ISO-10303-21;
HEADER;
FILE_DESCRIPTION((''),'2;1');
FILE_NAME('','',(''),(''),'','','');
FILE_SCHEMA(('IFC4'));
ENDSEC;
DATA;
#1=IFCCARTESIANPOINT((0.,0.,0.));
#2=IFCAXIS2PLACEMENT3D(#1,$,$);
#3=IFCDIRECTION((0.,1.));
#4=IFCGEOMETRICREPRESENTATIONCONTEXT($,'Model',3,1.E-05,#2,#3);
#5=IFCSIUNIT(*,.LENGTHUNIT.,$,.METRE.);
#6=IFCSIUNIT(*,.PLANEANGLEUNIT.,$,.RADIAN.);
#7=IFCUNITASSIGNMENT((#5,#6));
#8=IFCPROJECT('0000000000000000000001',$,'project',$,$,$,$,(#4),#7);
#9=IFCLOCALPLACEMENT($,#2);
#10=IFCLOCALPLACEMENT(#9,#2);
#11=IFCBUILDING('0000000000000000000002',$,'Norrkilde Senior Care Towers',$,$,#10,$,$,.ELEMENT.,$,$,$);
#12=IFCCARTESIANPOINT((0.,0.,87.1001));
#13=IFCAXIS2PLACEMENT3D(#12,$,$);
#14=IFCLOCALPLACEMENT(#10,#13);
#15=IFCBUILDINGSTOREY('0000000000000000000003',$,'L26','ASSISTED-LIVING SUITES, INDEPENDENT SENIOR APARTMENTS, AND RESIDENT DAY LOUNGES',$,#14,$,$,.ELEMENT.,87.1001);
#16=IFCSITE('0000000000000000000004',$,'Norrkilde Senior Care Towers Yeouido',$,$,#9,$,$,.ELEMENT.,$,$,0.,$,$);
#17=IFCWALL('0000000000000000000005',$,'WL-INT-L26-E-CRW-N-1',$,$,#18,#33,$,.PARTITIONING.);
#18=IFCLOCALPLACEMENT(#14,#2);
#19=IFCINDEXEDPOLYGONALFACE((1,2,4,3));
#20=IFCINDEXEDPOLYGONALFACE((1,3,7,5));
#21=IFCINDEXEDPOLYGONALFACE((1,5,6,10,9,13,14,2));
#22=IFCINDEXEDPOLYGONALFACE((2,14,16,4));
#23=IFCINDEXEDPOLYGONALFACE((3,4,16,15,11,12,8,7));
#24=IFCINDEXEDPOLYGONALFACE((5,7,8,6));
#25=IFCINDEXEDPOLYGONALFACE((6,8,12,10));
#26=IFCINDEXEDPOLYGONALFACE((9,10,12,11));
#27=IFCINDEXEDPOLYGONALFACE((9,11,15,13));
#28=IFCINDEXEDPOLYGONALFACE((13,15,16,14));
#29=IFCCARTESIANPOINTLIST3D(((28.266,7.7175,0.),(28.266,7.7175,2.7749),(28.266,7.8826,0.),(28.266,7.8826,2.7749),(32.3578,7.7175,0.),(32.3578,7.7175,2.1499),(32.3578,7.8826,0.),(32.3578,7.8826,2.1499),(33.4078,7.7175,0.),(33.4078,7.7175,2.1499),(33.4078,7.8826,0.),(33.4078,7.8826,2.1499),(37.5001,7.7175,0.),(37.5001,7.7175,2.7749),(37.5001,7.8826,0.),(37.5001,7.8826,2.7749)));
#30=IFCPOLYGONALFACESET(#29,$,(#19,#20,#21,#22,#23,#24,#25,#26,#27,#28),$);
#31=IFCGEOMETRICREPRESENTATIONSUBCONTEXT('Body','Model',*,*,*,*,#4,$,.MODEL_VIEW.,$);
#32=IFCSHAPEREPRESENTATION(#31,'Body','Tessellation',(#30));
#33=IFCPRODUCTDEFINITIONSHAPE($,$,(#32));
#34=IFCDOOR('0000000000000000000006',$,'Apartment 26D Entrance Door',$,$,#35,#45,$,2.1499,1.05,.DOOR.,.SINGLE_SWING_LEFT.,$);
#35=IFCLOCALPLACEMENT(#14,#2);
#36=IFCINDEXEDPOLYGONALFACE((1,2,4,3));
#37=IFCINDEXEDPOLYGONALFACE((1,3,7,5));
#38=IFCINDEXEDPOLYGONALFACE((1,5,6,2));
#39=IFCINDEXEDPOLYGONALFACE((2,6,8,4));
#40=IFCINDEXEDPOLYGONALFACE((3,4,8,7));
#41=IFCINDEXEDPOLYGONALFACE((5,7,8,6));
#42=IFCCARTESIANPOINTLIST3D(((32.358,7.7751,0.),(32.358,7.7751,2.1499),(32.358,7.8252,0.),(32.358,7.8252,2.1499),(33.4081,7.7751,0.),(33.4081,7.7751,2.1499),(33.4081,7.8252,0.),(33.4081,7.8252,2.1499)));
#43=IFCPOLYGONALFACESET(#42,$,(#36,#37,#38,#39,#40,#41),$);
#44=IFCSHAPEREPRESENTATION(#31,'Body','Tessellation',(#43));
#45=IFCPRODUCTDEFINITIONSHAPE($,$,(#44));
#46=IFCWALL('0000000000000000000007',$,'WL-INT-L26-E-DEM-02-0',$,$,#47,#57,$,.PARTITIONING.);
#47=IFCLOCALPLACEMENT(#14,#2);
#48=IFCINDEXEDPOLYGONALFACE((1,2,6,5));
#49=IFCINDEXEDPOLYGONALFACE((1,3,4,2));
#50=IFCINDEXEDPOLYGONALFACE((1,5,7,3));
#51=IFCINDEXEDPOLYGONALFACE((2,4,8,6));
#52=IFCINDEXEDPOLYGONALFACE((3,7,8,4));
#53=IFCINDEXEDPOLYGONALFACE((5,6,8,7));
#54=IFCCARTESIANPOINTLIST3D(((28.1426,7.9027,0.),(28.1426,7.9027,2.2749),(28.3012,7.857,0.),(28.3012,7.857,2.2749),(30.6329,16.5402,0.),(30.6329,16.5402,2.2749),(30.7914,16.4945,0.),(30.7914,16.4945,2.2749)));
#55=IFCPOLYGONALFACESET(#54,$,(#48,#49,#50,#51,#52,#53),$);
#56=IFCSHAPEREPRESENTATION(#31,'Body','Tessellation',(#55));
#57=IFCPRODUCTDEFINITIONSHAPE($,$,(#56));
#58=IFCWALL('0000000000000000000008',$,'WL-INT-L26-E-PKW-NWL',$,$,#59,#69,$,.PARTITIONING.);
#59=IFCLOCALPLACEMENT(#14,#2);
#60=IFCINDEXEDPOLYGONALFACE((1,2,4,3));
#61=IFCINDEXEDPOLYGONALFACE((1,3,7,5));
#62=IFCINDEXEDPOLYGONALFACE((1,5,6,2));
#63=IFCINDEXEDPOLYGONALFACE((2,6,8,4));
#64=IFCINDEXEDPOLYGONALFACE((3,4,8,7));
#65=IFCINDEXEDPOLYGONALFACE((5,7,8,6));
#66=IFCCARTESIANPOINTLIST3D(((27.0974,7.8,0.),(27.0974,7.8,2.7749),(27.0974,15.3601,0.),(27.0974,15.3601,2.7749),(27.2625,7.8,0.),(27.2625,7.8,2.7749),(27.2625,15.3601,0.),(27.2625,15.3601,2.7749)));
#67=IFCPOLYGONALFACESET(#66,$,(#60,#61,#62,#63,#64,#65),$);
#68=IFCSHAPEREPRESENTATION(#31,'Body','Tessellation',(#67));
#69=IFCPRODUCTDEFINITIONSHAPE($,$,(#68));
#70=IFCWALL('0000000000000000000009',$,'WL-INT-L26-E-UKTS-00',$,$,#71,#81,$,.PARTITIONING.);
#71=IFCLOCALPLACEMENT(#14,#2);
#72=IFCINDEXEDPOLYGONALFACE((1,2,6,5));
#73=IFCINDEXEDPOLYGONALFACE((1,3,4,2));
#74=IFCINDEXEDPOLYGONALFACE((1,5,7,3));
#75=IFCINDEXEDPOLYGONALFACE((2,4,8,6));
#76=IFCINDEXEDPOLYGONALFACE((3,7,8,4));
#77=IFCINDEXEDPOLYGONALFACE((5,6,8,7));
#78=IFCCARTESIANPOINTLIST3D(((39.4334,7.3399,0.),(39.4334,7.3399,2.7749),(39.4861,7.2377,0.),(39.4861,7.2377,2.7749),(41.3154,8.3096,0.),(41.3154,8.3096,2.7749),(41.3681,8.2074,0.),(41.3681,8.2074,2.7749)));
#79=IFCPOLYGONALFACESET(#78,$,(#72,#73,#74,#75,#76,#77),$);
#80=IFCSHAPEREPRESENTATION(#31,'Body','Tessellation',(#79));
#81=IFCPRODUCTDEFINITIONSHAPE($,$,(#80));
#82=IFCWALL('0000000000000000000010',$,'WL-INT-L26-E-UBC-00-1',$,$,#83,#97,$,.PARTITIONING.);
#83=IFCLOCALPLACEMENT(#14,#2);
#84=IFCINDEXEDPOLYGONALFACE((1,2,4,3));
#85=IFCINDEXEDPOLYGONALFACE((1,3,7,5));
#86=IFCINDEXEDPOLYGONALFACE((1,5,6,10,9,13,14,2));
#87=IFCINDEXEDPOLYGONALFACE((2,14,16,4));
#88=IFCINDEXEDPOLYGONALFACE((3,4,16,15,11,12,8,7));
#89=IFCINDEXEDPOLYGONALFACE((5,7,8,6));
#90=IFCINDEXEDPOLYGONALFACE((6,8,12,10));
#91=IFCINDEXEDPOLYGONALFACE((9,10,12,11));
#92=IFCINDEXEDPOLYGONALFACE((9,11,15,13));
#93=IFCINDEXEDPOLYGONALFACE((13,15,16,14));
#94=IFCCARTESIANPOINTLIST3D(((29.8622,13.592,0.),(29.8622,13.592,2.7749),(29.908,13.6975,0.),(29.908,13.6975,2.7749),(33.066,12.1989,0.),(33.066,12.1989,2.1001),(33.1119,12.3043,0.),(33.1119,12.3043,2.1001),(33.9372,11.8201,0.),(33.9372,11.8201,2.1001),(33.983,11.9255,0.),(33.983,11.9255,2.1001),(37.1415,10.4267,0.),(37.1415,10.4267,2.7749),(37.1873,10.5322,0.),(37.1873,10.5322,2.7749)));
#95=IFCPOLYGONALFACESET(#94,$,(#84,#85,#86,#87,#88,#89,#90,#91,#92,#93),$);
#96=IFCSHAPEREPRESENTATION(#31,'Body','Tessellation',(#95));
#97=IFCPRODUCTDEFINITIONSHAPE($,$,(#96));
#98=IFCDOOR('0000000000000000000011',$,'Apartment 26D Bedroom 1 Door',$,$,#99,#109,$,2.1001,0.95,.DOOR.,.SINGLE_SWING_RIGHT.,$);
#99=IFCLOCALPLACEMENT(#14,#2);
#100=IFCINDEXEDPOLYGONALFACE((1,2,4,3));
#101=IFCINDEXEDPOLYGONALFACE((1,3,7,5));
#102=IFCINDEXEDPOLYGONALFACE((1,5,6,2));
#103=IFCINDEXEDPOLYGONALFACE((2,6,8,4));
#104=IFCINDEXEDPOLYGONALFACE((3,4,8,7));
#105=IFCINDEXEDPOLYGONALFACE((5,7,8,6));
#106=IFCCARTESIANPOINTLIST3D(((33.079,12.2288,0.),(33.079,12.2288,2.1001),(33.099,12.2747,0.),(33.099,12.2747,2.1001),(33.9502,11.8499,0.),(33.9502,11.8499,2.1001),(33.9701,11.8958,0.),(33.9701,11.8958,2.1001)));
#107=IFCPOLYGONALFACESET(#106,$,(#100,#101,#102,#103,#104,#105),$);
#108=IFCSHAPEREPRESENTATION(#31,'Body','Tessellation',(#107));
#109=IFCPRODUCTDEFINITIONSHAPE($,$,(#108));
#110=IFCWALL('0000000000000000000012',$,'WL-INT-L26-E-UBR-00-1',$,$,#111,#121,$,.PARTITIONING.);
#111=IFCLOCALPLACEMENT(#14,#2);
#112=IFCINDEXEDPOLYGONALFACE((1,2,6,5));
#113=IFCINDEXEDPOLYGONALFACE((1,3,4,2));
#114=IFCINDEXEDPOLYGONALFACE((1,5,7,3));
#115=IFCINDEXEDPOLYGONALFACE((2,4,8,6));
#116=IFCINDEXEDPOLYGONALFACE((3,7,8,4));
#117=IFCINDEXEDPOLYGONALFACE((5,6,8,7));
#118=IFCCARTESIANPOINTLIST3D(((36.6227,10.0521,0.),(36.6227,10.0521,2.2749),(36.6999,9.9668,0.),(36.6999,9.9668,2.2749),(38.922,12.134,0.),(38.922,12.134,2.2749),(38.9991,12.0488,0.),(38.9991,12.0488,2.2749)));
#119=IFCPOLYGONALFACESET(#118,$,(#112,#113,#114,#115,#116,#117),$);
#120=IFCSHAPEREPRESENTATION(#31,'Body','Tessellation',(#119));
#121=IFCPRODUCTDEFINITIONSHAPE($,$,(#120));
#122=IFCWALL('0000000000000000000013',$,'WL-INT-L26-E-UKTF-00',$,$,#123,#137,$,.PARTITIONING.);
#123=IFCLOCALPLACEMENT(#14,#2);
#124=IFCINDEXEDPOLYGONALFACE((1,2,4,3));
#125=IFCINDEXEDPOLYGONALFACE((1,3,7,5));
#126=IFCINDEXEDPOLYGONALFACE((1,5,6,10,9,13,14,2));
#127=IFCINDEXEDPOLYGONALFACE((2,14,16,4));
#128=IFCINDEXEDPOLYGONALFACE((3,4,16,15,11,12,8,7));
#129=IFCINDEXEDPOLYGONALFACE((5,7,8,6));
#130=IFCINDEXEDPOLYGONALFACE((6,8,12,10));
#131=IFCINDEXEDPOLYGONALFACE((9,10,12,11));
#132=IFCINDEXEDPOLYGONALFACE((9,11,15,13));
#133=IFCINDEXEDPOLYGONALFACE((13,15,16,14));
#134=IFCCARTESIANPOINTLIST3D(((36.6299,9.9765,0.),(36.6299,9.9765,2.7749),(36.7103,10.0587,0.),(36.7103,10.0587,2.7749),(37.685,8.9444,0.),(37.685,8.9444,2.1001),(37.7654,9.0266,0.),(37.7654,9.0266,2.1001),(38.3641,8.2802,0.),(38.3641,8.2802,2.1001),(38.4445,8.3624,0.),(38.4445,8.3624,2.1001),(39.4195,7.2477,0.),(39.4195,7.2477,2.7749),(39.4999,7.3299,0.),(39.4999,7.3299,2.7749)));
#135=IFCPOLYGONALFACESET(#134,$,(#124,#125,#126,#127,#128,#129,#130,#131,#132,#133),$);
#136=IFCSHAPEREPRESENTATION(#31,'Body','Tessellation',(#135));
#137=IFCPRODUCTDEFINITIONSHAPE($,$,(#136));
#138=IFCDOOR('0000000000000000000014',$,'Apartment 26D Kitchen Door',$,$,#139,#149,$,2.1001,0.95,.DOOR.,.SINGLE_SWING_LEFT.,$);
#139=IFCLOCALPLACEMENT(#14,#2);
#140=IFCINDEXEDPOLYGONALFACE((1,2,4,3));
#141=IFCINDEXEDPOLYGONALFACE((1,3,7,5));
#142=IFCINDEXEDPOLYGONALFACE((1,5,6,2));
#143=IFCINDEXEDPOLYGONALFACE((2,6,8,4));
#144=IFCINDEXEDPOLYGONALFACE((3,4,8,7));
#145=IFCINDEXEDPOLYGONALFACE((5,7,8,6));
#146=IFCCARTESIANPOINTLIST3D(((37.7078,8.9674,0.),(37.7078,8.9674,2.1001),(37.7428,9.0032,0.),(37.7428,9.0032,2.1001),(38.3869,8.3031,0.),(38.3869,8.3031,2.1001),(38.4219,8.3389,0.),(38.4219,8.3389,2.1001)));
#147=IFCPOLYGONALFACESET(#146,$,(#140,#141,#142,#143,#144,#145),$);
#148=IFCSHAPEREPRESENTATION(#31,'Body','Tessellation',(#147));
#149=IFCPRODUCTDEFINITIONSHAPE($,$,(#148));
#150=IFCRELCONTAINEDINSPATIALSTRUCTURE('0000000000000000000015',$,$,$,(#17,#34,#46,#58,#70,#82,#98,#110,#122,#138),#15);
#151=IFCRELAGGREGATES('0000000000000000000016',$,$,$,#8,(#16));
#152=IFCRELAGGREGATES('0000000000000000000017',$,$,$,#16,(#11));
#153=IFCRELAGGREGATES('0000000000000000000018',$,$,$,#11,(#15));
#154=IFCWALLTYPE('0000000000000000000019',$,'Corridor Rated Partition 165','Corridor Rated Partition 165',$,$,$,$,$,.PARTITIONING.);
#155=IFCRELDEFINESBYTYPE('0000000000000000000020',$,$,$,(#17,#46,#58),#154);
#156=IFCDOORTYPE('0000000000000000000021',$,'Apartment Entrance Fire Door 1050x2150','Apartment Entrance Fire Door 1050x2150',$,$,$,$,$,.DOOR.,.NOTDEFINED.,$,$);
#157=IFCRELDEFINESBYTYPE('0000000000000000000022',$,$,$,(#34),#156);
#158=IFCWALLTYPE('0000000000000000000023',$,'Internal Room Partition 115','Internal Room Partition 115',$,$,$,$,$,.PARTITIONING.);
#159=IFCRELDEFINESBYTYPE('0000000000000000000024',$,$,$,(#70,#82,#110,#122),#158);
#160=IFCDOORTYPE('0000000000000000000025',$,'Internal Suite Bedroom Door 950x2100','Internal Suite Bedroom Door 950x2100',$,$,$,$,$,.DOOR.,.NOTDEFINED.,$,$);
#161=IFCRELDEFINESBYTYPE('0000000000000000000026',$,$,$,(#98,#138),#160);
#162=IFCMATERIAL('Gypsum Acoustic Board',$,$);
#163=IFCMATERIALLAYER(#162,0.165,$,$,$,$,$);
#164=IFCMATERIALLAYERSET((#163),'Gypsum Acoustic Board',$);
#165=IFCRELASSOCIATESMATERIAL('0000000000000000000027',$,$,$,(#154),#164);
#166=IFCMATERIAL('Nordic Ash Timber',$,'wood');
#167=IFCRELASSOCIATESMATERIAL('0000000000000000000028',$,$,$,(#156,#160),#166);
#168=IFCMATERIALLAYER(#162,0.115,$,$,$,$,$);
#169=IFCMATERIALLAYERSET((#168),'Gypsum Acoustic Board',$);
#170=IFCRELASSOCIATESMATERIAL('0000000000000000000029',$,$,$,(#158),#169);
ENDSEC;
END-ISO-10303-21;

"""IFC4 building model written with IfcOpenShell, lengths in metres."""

from ifc_helpers import new_model, si_unit, direction, frame, frame_2d, origin, place, context, subcontext, project, spatial, rectangle, extrude, source, transform, mapped, material, layer, layer_set, type_object, type_shapes, element, fill, save


model = new_model("IFC4")

# Units and contexts
model_context = context("Model", 3, precision=1e-05, world=origin(), true_north=direction((0.0, 1.0)))
body_context = subcontext(model_context, "Body", "Model", "MODEL_VIEW")
ifc_project = project(units=[si_unit("LENGTHUNIT", "METRE"), si_unit("PLANEANGLEUNIT", "RADIAN")], contexts=[model_context])

# Site, building, storey
site_placement = place(None, origin())
site = spatial("IfcSite", under=ifc_project, at=site_placement, Name="Norrkilde Senior Care Towers Yeouido", CompositionType="ELEMENT", RefElevation=0.0)
building_placement = place(site_placement, origin())
building = spatial("IfcBuilding", under=site, at=building_placement, Name="Norrkilde Senior Care Towers", CompositionType="ELEMENT")
storey_placement = place(building_placement, frame((0.0, 0.0, 87.1001)))
storey = spatial("IfcBuildingStorey", under=building, at=storey_placement, Name="L26", Description="ASSISTED-LIVING SUITES, INDEPENDENT SENIOR APARTMENTS, AND RESIDENT DAY LOUNGES", CompositionType="ELEMENT", Elevation=87.1001)

# Wall, opening, door
ifc_material_1 = material(Name="Gypsum Acoustic Board")
ifc_layer_1 = layer(ifc_material_1, 0.165)
ifc_layer_set_1 = layer_set([ifc_layer_1], Name="Gypsum Acoustic Board")
wall_type_1 = type_object("IfcWallType", Name="Corridor Rated Partition 165", Description="Corridor Rated Partition 165", PredefinedType="PARTITIONING", material=ifc_layer_set_1)
ifc_material_2 = material(Name="Nordic Ash Timber", Category="wood")
door_type_1 = type_object("IfcDoorType", Name="Apartment Entrance Fire Door 1050x2150", Description="Apartment Entrance Fire Door 1050x2150", OperationType="NOTDEFINED", PredefinedType="DOOR", material=ifc_material_2)
shared_shape_1 = source(origin(), body_context, "Body", "SweptSolid", [
    extrude(rectangle(XDim=1.05, YDim=2.1499, at=frame_2d((0.5249, 1.075))), frame((0.0, 0.0249, 0.0), z_axis=(0.0, -1.0, 0.0), x_axis=(1.0, 0.0, 0.0)), (0.0, 0.0, 1.0), 0.05),
])
type_shapes(door_type_1, [shared_shape_1])
shared_shape_2 = source(origin(), body_context, "Body", "SweptSolid", [
    extrude(rectangle(XDim=9.2341, YDim=0.165, at=frame_2d((4.6172, 0.0))), origin(), (0.0, 0.0, 1.0), 2.7749),
])
wall_1_placement = place(storey_placement, frame((28.2659, 7.8, 0.0), z_axis=(0.0, 0.0, 1.0), x_axis=(1.0, 0.0, 0.0)))
wall_1 = element("IfcWall", 1, at=wall_1_placement, inside=storey, type_object=wall_type_1, Name="WL-INT-L26-E-CRW-N-1", PredefinedType="PARTITIONING", context=body_context, shape_type="MappedRepresentation", body=[
    mapped(shared_shape_2, transform((0.0, 0.0, 0.0), x_axis=(1.0, 0.0, 0.0), y_axis=(0.0, 1.0, 0.0), z_axis=(0.0, 0.0, 1.0), scale=1.0)),
])
opening_1_placement = place(wall_1_placement, frame((4.092, 0.0, 0.0)))
opening_1 = element("IfcOpeningElement", 2, at=opening_1_placement, cuts=wall_1, PredefinedType="OPENING", context=body_context, shape_type="SweptSolid", body=[
    extrude(rectangle(XDim=1.05, YDim=2.1499, at=frame_2d((0.5249, 1.075))), frame((0.0, 0.0925, 0.0), z_axis=(0.0, -1.0, 0.0), x_axis=(1.0, 0.0, 0.0)), (0.0, 0.0, 1.0), 0.1851),
])
door_1_placement = place(opening_1_placement, frame((1.05, 0.0, 0.0), z_axis=(0.0, 0.0, 1.0), x_axis=(-1.0, 0.0, 0.0)))
door_1 = element("IfcDoor", 3, at=door_1_placement, inside=storey, type_object=door_type_1, Name="Apartment 26D Entrance Door", OperationType="SINGLE_SWING_LEFT", OverallHeight=2.1499, OverallWidth=1.05, PredefinedType="DOOR", context=body_context, shape_type="MappedRepresentation", body=[
    mapped(shared_shape_1, transform((0.0, 0.0, 0.0), x_axis=(1.0, 0.0, 0.0), y_axis=(0.0, 1.0, 0.0), z_axis=(0.0, 0.0, 1.0), scale=1.0)),
])
fill(opening_1, door_1)

# Walls
shared_shape_3 = source(origin(), body_context, "Body", "SweptSolid", [
    extrude(rectangle(XDim=8.9893, YDim=0.165, at=frame_2d((4.4946, 0.0))), origin(), (0.0, 0.0, 1.0), 2.2749),
])
wall_2_placement = place(storey_placement, frame((28.2219, 7.8799, 0.0), z_axis=(0.0, 0.0, 1.0), x_axis=(0.277023, 0.960863, 0.0)))
element("IfcWall", 4, at=wall_2_placement, inside=storey, type_object=wall_type_1, Name="WL-INT-L26-E-DEM-02-0", PredefinedType="PARTITIONING", context=body_context, shape_type="MappedRepresentation", body=[
    mapped(shared_shape_3, transform((0.0, 0.0, 0.0), x_axis=(1.0, 0.0, 0.0), y_axis=(0.0, 1.0, 0.0), z_axis=(0.0, 0.0, 1.0), scale=1.0)),
])
shared_shape_4 = source(origin(), body_context, "Body", "SweptSolid", [
    extrude(rectangle(XDim=7.5601, YDim=0.165, at=frame_2d((3.78, 0.0))), origin(), (0.0, 0.0, 1.0), 2.7749),
])
wall_3_placement = place(storey_placement, frame((27.1799, 7.8, 0.0), z_axis=(0.0, 0.0, 1.0), x_axis=(0.0, 1.0, 0.0)))
element("IfcWall", 5, at=wall_3_placement, inside=storey, type_object=wall_type_1, Name="WL-INT-L26-E-PKW-NWL", PredefinedType="PARTITIONING", context=body_context, shape_type="MappedRepresentation", body=[
    mapped(shared_shape_4, transform((0.0, 0.0, 0.0), x_axis=(1.0, 0.0, 0.0), y_axis=(0.0, 1.0, 0.0), z_axis=(0.0, 0.0, 1.0), scale=1.0)),
])
ifc_layer_2 = layer(ifc_material_1, 0.115)
ifc_layer_set_2 = layer_set([ifc_layer_2], Name="Gypsum Acoustic Board")
wall_type_2 = type_object("IfcWallType", Name="Internal Room Partition 115", Description="Internal Room Partition 115", PredefinedType="PARTITIONING", material=ifc_layer_set_2)
shared_shape_5 = source(origin(), body_context, "Body", "SweptSolid", [
    extrude(rectangle(XDim=2.1172, YDim=0.115, at=frame_2d((1.0586, 0.0))), origin(), (0.0, 0.0, 1.0), 2.7749),
])
wall_4_placement = place(storey_placement, frame((39.4597, 7.2888, 0.0), z_axis=(0.0, 0.0, 1.0), x_axis=(0.888942, 0.45802, 0.0)))
element("IfcWall", 6, at=wall_4_placement, inside=storey, type_object=wall_type_2, Name="WL-INT-L26-E-UKTS-00", PredefinedType="PARTITIONING", context=body_context, shape_type="MappedRepresentation", body=[
    mapped(shared_shape_5, transform((0.0, 0.0, 0.0), x_axis=(1.0, 0.0, 0.0), y_axis=(0.0, 1.0, 0.0), z_axis=(0.0, 0.0, 1.0), scale=1.0)),
])

# Wall, opening, door
shared_shape_6 = source(origin(), body_context, "Body", "SweptSolid", [
    extrude(rectangle(XDim=7.9377, YDim=0.115, at=frame_2d((3.9688, 0.0))), origin(), (0.0, 0.0, 1.0), 2.7749),
])
wall_5_placement = place(storey_placement, frame((37.1643, 10.4795, 0.0), z_axis=(0.0, 0.0, 1.0), x_axis=(-0.917053, 0.398765, 0.0)))
wall_5 = element("IfcWall", 7, at=wall_5_placement, inside=storey, type_object=wall_type_2, Name="WL-INT-L26-E-UBC-00-1", PredefinedType="PARTITIONING", context=body_context, shape_type="MappedRepresentation", body=[
    mapped(shared_shape_6, transform((0.0, 0.0, 0.0), x_axis=(1.0, 0.0, 0.0), y_axis=(0.0, 1.0, 0.0), z_axis=(0.0, 0.0, 1.0), scale=1.0)),
])
opening_2_placement = place(wall_5_placement, frame((3.4939, 0.0, 0.0)))
opening_2 = element("IfcOpeningElement", 8, at=opening_2_placement, cuts=wall_5, PredefinedType="OPENING", context=body_context, shape_type="SweptSolid", body=[
    extrude(rectangle(XDim=0.95, YDim=2.1001, at=frame_2d((0.4751, 1.05))), frame((0.0, 0.0674, 0.0), z_axis=(0.0, -1.0, 0.0), x_axis=(1.0, 0.0, 0.0)), (0.0, 0.0, 1.0), 0.135),
])
door_type_2 = type_object("IfcDoorType", Name="Internal Suite Bedroom Door 950x2100", Description="Internal Suite Bedroom Door 950x2100", OperationType="NOTDEFINED", PredefinedType="DOOR", material=ifc_material_2)
shared_shape_7 = source(origin(), body_context, "Body", "SweptSolid", [
    extrude(rectangle(XDim=0.95, YDim=2.1001, at=frame_2d((0.4751, 1.05))), frame((0.0, 0.0249, 0.0), z_axis=(0.0, -1.0, 0.0), x_axis=(1.0, 0.0, 0.0)), (0.0, 0.0, 1.0), 0.05),
])
type_shapes(door_type_2, [shared_shape_7])
door_2_placement = place(opening_2_placement, origin())
door_2 = element("IfcDoor", 9, at=door_2_placement, inside=storey, type_object=door_type_2, Name="Apartment 26D Bedroom 1 Door", OperationType="SINGLE_SWING_RIGHT", OverallHeight=2.1001, OverallWidth=0.95, PredefinedType="DOOR", context=body_context, shape_type="MappedRepresentation", body=[
    mapped(shared_shape_7, transform((0.0, 0.0, 0.0), x_axis=(1.0, 0.0, 0.0), y_axis=(0.0, 1.0, 0.0), z_axis=(0.0, 0.0, 1.0), scale=1.0)),
])
fill(opening_2, door_2)

# Wall
shared_shape_8 = source(origin(), body_context, "Body", "SweptSolid", [
    extrude(rectangle(XDim=3.1018, YDim=0.115, at=frame_2d((1.5508, 0.0))), origin(), (0.0, 0.0, 1.0), 2.2749),
])
wall_6_placement = place(storey_placement, frame((36.6614, 10.0095, 0.0), z_axis=(0.0, 0.0, 1.0), x_axis=(0.741263, 0.671214, 0.0)))
element("IfcWall", 10, at=wall_6_placement, inside=storey, type_object=wall_type_2, Name="WL-INT-L26-E-UBR-00-1", PredefinedType="PARTITIONING", context=body_context, shape_type="MappedRepresentation", body=[
    mapped(shared_shape_8, transform((0.0, 0.0, 0.0), x_axis=(1.0, 0.0, 0.0), y_axis=(0.0, 1.0, 0.0), z_axis=(0.0, 0.0, 1.0), scale=1.0)),
])

# Wall, opening, door
shared_shape_9 = source(origin(), body_context, "Body", "SweptSolid", [
    extrude(rectangle(XDim=3.9023, YDim=0.115, at=frame_2d((1.9512, 0.0))), origin(), (0.0, 0.0, 1.0), 2.7749),
])
type_shapes(wall_type_2, [shared_shape_5, shared_shape_6, shared_shape_8, shared_shape_9])
wall_7_placement = place(storey_placement, frame((39.4597, 7.2888, 0.0), z_axis=(0.0, 0.0, 1.0), x_axis=(-0.714853, 0.699275, 0.0)))
wall_7 = element("IfcWall", 11, at=wall_7_placement, inside=storey, type_object=wall_type_2, Name="WL-INT-L26-E-UKTF-00", PredefinedType="PARTITIONING", context=body_context, shape_type="MappedRepresentation", body=[
    mapped(shared_shape_9, transform((0.0, 0.0, 0.0), x_axis=(1.0, 0.0, 0.0), y_axis=(0.0, 1.0, 0.0), z_axis=(0.0, 0.0, 1.0), scale=1.0)),
])
opening_3_placement = place(wall_7_placement, frame((1.4763, 0.0, 0.0)))
opening_3 = element("IfcOpeningElement", 12, at=opening_3_placement, cuts=wall_7, PredefinedType="OPENING", context=body_context, shape_type="SweptSolid", body=[
    extrude(rectangle(XDim=0.95, YDim=2.1001, at=frame_2d((0.4751, 1.05))), frame((0.0, 0.0674, 0.0), z_axis=(0.0, -1.0, 0.0), x_axis=(1.0, 0.0, 0.0)), (0.0, 0.0, 1.0), 0.135),
])
door_3_placement = place(opening_3_placement, frame((0.95, 0.0, 0.0), z_axis=(0.0, 0.0, 1.0), x_axis=(-1.0, 0.0, 0.0)))
door_3 = element("IfcDoor", 13, at=door_3_placement, inside=storey, type_object=door_type_2, Name="Apartment 26D Kitchen Door", OperationType="SINGLE_SWING_LEFT", OverallHeight=2.1001, OverallWidth=0.95, PredefinedType="DOOR", context=body_context, shape_type="MappedRepresentation", body=[
    mapped(shared_shape_7, transform((0.0, 0.0, 0.0), x_axis=(1.0, 0.0, 0.0), y_axis=(0.0, 1.0, 0.0), z_axis=(0.0, 0.0, 1.0), scale=1.0)),
])
fill(opening_3, door_3)

save(model, "model.ifc")
